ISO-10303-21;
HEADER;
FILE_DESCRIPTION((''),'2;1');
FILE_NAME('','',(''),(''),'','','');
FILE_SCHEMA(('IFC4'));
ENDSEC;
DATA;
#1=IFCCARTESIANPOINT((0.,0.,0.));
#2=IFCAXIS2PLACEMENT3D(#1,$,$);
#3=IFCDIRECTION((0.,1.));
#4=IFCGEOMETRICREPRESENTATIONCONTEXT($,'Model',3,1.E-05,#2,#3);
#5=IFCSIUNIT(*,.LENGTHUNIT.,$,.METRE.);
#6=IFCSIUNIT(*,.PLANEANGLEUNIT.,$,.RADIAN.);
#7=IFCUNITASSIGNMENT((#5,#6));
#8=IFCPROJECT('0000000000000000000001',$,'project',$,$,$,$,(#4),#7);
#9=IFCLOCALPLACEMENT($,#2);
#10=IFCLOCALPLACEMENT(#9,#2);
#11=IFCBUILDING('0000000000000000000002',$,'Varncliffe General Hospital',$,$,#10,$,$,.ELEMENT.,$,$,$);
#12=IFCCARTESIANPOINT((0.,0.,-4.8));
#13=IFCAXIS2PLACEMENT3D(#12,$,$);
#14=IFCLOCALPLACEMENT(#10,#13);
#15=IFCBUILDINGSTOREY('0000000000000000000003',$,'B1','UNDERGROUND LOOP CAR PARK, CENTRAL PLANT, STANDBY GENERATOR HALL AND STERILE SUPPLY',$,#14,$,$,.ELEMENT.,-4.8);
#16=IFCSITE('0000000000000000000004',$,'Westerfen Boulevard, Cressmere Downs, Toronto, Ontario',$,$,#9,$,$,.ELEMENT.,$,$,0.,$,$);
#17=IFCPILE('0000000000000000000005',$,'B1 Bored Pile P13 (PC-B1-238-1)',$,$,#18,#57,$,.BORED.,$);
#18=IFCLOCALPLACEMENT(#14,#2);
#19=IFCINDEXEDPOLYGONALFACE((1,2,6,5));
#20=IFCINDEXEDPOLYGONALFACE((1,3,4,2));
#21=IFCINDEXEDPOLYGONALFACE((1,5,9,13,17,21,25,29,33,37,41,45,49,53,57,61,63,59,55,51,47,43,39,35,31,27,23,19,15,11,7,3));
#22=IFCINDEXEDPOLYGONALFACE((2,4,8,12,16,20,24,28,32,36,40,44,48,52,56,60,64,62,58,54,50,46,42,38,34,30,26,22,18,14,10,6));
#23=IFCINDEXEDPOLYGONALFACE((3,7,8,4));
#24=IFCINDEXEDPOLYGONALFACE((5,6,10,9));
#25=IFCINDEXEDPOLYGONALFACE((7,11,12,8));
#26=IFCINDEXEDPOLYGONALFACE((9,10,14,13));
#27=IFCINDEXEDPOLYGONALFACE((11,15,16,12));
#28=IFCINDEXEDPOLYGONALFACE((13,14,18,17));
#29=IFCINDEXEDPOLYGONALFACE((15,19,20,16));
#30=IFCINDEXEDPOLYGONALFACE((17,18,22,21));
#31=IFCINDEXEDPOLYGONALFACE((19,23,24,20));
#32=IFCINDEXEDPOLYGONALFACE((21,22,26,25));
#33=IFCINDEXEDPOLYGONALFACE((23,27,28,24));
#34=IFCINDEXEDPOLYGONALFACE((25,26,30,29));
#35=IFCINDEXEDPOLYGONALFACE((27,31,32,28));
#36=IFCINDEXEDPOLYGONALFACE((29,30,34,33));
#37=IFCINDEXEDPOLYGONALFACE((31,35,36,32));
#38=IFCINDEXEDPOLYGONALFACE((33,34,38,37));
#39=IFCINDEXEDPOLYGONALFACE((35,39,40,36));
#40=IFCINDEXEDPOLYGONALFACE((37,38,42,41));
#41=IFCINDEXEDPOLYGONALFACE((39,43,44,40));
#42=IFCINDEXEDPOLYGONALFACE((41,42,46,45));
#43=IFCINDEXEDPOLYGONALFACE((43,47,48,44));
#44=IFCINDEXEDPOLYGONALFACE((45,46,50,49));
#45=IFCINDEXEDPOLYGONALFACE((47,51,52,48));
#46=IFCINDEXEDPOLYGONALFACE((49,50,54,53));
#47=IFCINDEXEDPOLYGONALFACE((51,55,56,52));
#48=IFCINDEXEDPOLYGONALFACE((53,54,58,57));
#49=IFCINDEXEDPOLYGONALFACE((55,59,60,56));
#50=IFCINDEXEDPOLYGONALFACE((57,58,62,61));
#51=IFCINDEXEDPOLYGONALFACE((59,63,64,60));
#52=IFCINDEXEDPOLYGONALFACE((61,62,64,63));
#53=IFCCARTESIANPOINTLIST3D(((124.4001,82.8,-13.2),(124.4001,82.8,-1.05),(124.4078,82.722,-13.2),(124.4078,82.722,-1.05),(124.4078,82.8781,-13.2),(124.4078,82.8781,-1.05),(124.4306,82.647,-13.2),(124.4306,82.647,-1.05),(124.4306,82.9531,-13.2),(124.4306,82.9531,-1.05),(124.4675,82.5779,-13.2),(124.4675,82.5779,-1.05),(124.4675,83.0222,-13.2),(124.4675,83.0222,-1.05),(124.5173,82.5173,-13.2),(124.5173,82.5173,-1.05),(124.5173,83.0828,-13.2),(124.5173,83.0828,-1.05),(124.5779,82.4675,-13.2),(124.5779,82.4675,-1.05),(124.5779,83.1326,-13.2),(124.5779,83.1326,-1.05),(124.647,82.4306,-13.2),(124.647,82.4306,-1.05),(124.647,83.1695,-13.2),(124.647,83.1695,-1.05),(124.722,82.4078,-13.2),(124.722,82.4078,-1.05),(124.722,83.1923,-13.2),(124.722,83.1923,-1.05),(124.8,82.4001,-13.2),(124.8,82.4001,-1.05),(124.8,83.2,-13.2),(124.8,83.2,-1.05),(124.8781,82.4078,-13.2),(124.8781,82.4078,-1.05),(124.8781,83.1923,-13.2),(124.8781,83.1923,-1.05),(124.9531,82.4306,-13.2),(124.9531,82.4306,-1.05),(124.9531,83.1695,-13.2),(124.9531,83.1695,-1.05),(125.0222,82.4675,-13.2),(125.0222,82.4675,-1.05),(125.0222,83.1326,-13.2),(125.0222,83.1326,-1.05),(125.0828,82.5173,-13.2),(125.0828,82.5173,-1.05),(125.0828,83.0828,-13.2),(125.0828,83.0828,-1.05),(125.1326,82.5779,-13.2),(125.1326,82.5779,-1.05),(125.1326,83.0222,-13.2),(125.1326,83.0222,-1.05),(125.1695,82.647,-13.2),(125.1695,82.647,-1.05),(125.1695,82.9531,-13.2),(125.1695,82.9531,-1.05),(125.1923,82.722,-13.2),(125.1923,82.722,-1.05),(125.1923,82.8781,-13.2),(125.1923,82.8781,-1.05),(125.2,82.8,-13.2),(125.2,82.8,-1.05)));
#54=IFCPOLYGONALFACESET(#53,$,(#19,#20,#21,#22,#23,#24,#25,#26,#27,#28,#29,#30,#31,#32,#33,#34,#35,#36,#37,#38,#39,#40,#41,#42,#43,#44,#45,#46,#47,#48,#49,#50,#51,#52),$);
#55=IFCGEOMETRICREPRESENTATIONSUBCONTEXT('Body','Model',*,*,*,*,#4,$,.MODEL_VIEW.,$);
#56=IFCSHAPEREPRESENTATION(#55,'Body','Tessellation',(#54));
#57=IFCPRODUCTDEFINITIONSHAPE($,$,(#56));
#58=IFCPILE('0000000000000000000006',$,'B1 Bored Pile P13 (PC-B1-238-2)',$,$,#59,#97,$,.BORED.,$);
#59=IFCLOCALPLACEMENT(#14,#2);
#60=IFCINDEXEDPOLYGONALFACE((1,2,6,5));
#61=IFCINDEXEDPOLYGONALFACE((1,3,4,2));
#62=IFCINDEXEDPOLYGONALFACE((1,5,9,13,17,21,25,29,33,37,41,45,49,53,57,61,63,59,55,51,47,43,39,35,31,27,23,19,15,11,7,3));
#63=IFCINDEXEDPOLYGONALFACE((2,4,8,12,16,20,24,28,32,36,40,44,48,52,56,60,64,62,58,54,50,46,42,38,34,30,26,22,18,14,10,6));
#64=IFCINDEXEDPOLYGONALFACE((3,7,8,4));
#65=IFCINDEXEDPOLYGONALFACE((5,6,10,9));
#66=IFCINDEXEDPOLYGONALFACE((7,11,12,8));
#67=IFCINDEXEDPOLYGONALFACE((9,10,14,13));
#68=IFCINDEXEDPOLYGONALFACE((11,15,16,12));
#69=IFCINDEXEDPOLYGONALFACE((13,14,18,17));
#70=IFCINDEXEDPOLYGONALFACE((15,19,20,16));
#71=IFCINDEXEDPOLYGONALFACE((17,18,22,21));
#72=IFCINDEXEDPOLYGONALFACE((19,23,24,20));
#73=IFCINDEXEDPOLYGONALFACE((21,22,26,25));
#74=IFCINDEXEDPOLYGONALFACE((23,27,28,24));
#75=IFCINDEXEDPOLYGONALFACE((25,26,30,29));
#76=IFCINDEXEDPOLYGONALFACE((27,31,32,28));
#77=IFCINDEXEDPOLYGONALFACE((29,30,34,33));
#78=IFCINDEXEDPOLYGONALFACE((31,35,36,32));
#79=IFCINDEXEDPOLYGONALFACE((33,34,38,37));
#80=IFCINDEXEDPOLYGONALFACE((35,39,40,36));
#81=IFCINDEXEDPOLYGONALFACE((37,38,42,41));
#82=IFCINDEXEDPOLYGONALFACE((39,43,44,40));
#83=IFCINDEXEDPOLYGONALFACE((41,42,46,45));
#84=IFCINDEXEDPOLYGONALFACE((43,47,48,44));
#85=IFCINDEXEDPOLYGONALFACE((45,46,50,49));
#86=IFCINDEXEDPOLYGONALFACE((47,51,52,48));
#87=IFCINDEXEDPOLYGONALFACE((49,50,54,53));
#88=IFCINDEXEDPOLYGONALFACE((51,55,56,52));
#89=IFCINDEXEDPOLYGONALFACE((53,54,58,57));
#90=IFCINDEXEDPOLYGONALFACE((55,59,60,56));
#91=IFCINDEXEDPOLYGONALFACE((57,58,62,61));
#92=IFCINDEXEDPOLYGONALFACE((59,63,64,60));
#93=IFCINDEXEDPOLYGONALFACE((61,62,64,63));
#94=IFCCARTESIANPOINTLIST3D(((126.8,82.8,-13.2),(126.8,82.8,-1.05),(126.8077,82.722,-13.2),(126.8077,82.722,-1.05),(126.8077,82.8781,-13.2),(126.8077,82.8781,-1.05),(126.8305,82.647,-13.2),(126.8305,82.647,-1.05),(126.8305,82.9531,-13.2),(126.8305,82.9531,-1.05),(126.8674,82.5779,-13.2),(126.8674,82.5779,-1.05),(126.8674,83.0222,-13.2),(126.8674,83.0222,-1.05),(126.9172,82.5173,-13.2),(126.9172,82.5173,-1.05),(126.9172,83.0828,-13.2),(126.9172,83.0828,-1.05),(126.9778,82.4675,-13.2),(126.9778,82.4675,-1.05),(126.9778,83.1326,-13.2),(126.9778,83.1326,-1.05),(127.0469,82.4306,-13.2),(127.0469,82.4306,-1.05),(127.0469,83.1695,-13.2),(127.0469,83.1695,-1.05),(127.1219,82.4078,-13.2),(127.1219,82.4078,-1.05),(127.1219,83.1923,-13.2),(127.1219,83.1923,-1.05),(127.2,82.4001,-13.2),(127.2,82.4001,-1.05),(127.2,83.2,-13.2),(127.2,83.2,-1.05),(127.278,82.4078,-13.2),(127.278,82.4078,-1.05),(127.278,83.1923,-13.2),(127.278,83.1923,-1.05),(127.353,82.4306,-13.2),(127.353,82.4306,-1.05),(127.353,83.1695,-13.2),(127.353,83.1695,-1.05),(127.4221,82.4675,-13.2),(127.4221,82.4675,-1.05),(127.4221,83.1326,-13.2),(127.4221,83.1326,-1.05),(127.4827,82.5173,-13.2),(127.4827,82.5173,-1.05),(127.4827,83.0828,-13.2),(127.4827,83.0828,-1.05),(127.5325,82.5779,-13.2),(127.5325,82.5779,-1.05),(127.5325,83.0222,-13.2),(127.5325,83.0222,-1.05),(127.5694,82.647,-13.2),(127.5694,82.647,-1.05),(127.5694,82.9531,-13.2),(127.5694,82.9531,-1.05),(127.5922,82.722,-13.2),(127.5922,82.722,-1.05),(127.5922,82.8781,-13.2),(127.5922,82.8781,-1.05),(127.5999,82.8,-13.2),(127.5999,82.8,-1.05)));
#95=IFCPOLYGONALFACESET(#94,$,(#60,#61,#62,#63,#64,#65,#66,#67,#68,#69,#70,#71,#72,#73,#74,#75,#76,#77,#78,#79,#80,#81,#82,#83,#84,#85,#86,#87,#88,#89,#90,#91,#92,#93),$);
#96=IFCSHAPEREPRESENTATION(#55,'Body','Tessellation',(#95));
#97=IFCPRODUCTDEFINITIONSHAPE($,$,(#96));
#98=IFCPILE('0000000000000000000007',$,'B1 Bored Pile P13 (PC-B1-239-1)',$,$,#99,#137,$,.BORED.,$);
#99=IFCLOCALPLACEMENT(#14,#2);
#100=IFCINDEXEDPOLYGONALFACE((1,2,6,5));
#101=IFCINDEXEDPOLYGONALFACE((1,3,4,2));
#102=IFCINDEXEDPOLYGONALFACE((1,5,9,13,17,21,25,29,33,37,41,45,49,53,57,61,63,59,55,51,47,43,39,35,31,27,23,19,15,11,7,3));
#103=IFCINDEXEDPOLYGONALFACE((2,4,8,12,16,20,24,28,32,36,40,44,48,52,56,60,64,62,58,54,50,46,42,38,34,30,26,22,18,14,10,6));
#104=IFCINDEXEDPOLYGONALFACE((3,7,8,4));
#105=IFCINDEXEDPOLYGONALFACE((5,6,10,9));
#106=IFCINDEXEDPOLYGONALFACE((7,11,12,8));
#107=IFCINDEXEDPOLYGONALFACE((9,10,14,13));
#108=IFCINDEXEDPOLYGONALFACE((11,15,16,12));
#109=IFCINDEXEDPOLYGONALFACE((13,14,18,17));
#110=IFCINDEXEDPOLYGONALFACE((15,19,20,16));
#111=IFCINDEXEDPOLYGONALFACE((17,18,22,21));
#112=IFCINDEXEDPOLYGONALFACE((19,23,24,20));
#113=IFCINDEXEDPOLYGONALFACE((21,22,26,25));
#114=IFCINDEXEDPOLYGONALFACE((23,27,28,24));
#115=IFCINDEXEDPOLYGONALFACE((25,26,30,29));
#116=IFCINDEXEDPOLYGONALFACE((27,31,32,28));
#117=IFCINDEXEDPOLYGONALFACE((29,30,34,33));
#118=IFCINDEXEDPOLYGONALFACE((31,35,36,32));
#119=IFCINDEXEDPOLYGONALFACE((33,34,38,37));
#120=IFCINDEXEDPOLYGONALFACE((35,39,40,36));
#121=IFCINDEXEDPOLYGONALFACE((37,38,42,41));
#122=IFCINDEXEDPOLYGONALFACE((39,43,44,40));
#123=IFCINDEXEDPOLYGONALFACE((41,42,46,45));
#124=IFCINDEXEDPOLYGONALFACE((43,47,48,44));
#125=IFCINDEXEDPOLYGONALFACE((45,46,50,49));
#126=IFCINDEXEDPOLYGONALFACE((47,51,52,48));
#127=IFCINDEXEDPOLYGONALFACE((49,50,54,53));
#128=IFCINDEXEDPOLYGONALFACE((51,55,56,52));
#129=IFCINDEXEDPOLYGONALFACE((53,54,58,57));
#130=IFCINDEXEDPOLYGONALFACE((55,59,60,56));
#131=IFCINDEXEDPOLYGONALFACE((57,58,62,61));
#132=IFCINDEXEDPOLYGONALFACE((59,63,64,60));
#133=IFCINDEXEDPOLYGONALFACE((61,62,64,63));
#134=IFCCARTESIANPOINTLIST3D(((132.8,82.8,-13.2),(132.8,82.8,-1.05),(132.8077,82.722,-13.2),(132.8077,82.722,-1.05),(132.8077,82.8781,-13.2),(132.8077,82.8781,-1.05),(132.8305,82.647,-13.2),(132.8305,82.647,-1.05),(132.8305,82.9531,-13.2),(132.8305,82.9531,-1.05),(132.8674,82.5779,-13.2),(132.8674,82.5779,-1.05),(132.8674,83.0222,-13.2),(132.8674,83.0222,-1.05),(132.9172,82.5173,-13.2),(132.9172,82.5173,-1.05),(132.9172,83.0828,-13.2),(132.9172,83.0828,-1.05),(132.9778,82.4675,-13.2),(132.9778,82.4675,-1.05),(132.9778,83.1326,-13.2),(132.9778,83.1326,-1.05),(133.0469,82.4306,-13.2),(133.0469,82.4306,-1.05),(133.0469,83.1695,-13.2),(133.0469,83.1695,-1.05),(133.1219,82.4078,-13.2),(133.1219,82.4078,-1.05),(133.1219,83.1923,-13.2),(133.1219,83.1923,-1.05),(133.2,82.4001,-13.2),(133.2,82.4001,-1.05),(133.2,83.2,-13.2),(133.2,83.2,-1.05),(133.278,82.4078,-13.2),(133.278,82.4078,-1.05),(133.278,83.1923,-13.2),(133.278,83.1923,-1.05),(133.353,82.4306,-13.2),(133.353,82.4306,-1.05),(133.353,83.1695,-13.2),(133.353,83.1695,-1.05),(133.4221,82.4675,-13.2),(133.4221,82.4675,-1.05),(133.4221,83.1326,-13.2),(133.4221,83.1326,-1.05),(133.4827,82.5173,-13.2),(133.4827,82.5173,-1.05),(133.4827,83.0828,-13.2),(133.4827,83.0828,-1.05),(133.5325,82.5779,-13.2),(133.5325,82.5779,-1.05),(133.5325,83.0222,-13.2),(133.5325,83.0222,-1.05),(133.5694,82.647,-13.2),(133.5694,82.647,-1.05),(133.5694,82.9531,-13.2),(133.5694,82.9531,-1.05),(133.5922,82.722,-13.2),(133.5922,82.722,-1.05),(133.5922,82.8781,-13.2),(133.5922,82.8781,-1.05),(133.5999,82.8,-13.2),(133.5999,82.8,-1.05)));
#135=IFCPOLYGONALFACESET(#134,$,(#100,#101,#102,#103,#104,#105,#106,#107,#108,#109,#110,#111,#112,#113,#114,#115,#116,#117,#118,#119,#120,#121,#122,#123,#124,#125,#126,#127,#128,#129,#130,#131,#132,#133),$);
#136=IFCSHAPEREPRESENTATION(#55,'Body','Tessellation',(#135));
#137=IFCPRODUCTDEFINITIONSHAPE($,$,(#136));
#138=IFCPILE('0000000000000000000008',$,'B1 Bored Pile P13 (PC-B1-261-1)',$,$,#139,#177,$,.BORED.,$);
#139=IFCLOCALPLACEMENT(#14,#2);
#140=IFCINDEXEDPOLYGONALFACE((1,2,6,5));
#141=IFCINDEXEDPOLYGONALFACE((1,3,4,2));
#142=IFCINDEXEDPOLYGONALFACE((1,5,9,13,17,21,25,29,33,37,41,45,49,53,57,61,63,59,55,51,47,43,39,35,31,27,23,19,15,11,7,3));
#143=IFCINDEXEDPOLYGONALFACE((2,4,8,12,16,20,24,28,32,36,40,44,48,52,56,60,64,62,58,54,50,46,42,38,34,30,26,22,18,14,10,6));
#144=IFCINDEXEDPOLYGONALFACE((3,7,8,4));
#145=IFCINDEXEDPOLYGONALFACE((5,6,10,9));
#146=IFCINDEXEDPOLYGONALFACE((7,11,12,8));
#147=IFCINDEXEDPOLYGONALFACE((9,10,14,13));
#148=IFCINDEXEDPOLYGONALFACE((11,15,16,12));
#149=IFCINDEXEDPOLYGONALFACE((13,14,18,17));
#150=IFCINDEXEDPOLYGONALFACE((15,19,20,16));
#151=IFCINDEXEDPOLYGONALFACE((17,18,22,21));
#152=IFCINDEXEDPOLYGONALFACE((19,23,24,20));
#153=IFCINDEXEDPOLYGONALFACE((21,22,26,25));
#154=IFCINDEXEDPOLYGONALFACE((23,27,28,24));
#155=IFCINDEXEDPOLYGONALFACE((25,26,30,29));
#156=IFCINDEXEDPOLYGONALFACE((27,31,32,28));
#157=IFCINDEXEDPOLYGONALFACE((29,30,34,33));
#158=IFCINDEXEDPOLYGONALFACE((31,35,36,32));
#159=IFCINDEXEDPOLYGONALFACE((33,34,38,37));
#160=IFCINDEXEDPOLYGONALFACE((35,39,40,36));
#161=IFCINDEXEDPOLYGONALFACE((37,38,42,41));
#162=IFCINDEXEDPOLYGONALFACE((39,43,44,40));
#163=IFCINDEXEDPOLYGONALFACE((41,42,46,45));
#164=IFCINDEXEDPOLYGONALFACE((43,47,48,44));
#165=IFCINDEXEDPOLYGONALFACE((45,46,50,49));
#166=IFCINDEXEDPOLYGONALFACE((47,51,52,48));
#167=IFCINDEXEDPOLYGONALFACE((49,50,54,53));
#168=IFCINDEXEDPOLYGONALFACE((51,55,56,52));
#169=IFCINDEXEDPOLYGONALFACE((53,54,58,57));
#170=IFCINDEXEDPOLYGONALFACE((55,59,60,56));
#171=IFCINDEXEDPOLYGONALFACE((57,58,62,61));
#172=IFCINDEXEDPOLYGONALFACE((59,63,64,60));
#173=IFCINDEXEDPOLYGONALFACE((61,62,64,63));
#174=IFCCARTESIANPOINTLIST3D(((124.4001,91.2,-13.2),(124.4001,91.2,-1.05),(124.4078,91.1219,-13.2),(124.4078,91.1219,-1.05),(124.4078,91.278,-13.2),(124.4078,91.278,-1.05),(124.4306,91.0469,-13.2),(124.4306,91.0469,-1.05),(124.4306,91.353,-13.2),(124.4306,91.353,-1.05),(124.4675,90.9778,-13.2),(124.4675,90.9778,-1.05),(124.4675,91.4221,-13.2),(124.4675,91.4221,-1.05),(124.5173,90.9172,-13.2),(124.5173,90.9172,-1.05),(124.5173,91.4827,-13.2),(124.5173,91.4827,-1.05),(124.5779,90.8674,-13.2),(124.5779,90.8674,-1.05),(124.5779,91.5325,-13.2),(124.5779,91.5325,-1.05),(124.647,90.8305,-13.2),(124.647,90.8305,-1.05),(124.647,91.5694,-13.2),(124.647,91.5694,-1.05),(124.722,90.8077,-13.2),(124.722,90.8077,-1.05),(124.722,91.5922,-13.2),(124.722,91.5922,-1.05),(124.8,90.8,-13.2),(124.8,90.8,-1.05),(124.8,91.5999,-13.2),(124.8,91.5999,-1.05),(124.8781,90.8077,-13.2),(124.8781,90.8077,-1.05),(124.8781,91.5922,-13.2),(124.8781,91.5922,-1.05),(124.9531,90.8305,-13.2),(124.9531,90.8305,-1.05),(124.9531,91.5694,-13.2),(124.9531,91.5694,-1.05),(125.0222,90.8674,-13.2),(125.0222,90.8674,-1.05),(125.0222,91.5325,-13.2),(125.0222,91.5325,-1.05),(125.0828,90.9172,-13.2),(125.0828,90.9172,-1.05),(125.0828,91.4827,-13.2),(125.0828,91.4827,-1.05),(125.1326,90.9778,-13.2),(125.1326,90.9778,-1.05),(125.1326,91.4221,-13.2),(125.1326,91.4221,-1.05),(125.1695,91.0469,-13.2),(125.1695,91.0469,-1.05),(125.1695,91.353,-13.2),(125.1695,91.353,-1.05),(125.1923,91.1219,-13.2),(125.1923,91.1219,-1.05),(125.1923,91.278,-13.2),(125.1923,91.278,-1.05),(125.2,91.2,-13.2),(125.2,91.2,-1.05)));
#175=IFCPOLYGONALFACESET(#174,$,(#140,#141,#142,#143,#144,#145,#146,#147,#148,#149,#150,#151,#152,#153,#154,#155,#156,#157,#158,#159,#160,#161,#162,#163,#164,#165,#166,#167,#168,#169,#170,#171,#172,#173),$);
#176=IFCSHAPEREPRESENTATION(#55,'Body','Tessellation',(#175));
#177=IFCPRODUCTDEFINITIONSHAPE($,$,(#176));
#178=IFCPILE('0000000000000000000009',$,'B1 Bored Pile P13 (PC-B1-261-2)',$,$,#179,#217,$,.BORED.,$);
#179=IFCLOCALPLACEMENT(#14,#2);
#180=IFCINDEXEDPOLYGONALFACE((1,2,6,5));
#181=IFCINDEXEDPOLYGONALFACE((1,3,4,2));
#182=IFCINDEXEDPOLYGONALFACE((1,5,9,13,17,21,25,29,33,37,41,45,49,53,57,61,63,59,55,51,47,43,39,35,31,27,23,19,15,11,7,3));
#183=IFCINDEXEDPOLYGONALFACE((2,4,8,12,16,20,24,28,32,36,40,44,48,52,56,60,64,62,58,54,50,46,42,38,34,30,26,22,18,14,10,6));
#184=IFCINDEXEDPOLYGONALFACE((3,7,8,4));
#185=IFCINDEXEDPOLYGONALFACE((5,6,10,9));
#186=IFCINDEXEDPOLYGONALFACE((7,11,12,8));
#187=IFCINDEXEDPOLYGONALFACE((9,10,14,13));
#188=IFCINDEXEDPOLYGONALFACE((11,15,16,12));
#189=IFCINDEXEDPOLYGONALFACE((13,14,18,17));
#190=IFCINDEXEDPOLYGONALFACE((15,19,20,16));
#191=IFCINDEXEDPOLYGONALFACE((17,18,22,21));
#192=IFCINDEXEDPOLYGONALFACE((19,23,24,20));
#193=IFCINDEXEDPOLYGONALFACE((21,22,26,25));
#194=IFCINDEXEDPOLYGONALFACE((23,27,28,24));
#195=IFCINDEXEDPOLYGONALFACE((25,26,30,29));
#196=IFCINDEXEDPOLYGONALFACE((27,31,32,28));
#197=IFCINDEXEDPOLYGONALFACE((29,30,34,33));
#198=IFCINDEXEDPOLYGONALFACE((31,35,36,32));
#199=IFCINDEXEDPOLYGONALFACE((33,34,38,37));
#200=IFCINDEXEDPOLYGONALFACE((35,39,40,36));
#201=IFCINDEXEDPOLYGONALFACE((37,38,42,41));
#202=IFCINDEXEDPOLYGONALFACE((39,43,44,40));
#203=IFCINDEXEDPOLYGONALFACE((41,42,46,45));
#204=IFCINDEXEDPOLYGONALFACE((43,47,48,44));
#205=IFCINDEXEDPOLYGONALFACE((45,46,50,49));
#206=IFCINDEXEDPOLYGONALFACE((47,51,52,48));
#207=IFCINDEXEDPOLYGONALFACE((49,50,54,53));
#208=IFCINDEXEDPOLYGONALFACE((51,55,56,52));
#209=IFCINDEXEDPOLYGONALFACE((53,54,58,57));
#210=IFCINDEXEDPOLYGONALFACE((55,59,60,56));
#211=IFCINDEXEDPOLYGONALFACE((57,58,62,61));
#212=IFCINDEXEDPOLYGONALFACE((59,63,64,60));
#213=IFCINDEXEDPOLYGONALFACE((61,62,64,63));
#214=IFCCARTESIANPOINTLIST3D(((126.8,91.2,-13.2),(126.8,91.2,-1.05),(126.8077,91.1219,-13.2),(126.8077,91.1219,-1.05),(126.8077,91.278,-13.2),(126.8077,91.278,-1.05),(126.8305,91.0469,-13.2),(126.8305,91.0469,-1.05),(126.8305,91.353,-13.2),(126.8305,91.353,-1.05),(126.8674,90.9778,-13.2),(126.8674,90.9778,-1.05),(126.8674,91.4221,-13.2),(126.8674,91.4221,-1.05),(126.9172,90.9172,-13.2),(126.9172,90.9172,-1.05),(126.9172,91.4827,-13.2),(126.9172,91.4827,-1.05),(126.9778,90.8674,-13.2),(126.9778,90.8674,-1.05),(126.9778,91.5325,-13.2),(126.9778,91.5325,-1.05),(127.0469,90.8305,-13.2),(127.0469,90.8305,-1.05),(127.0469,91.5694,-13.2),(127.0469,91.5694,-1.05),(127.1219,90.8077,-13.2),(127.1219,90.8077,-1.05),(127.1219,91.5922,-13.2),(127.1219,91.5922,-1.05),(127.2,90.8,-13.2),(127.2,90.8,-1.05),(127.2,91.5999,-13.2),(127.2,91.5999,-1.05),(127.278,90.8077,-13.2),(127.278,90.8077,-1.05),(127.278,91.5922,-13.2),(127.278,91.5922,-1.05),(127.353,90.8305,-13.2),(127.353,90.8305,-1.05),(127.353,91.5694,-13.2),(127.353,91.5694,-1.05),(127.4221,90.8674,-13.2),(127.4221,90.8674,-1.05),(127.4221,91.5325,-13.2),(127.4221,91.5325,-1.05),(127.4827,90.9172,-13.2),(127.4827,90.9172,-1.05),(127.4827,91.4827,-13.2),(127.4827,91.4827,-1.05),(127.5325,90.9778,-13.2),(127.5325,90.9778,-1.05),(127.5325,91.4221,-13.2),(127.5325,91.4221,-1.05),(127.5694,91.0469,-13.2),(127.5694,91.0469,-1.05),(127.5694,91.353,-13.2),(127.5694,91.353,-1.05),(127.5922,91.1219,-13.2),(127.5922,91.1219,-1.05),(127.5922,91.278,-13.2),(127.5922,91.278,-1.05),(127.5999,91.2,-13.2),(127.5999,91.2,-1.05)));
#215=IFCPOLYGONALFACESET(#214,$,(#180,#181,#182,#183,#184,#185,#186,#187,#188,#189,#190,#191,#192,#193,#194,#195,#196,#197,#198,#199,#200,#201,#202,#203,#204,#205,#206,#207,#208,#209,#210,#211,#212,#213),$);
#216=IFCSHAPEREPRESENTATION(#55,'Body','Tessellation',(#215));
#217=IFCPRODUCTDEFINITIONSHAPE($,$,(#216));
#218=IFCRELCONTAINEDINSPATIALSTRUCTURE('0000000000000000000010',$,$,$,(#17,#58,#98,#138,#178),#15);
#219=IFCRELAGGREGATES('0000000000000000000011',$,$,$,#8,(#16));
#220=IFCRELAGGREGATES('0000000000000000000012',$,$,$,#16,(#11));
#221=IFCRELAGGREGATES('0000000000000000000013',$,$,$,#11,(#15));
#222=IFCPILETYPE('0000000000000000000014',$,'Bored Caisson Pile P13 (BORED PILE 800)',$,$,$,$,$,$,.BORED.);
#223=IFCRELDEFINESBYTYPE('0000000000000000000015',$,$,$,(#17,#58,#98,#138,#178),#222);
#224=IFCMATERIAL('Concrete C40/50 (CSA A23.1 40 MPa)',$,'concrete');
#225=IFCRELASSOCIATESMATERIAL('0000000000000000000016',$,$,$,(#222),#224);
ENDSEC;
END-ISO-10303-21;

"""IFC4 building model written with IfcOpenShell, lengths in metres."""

from ifc_helpers import new_model, si_unit, direction, frame, origin, origin_2d, place, context, subcontext, project, spatial, circle, extrude, material, material_profile, profile_set, type_object, element, save


model = new_model("IFC4")

# Units and contexts
model_context = context("Model", 3, precision=1e-05, world=origin(), true_north=direction((0.0, 1.0)))
body_context = subcontext(model_context, "Body", "Model", "MODEL_VIEW")
ifc_project = project(units=[si_unit("LENGTHUNIT", "METRE"), si_unit("PLANEANGLEUNIT", "RADIAN")], contexts=[model_context])

# Site, building, storey
site_placement = place(None, origin())
site = spatial("IfcSite", under=ifc_project, at=site_placement, Name="Westerfen Boulevard, Cressmere Downs, Toronto, Ontario", CompositionType="ELEMENT", RefElevation=0.0)
building_placement = place(site_placement, origin())
building = spatial("IfcBuilding", under=site, at=building_placement, Name="Varncliffe General Hospital", CompositionType="ELEMENT")
storey_placement = place(building_placement, frame((0.0, 0.0, -4.8)))
storey = spatial("IfcBuildingStorey", under=building, at=storey_placement, Name="B1", Description="UNDERGROUND LOOP CAR PARK, CENTRAL PLANT, STANDBY GENERATOR HALL AND STERILE SUPPLY", CompositionType="ELEMENT", Elevation=-4.8)

# Piles
ifc_material_1 = material(Name="Concrete C40/50 (CSA A23.1 40 MPa)", Category="concrete")
ifc_material_profile_1 = material_profile(ifc_material_1, circle(Radius=0.3999, at=origin_2d()), Name="BORED PILE 800")
ifc_profile_set_1 = profile_set([ifc_material_profile_1], Name="Concrete C40/50 (CSA A23.1 40 MPa)")
pile_type = type_object("IfcPileType", Name="Bored Caisson Pile P13 (BORED PILE 800)", PredefinedType="BORED", material=ifc_profile_set_1)
for number, where, z_axis, x_axis, name in (
    (1, (124.8, 82.8, -1.05), (0.0, 0.0, -1.0), (1.0, 0.0, 0.0), "B1 Bored Pile P13 (PC-B1-238-1)"),
    (2, (127.2, 82.8, -1.05), (0.0, 0.0, -1.0), (1.0, 0.0, 0.0), "B1 Bored Pile P13 (PC-B1-238-2)"),
    (3, (133.2, 82.8, -1.05), (0.0, 0.0, -1.0), (1.0, 0.0, 0.0), "B1 Bored Pile P13 (PC-B1-239-1)"),
    (4, (124.8, 91.2, -1.05), (0.0, 0.0, -1.0), (1.0, 0.0, 0.0), "B1 Bored Pile P13 (PC-B1-261-1)"),
    (5, (127.2, 91.2, -1.05), (0.0, 0.0, -1.0), (1.0, 0.0, 0.0), "B1 Bored Pile P13 (PC-B1-261-2)"),
):
    element("IfcPile", number, at=place(storey_placement, frame(where, z_axis=z_axis, x_axis=x_axis)), inside=storey, type_object=pile_type, Name=name, PredefinedType="BORED", context=body_context, shape_type="SweptSolid", body=[
        extrude(circle(Radius=0.3999, at=origin_2d()), origin(), (0.0, 0.0, 1.0), 12.1499),
    ])

save(model, "model.ifc")
